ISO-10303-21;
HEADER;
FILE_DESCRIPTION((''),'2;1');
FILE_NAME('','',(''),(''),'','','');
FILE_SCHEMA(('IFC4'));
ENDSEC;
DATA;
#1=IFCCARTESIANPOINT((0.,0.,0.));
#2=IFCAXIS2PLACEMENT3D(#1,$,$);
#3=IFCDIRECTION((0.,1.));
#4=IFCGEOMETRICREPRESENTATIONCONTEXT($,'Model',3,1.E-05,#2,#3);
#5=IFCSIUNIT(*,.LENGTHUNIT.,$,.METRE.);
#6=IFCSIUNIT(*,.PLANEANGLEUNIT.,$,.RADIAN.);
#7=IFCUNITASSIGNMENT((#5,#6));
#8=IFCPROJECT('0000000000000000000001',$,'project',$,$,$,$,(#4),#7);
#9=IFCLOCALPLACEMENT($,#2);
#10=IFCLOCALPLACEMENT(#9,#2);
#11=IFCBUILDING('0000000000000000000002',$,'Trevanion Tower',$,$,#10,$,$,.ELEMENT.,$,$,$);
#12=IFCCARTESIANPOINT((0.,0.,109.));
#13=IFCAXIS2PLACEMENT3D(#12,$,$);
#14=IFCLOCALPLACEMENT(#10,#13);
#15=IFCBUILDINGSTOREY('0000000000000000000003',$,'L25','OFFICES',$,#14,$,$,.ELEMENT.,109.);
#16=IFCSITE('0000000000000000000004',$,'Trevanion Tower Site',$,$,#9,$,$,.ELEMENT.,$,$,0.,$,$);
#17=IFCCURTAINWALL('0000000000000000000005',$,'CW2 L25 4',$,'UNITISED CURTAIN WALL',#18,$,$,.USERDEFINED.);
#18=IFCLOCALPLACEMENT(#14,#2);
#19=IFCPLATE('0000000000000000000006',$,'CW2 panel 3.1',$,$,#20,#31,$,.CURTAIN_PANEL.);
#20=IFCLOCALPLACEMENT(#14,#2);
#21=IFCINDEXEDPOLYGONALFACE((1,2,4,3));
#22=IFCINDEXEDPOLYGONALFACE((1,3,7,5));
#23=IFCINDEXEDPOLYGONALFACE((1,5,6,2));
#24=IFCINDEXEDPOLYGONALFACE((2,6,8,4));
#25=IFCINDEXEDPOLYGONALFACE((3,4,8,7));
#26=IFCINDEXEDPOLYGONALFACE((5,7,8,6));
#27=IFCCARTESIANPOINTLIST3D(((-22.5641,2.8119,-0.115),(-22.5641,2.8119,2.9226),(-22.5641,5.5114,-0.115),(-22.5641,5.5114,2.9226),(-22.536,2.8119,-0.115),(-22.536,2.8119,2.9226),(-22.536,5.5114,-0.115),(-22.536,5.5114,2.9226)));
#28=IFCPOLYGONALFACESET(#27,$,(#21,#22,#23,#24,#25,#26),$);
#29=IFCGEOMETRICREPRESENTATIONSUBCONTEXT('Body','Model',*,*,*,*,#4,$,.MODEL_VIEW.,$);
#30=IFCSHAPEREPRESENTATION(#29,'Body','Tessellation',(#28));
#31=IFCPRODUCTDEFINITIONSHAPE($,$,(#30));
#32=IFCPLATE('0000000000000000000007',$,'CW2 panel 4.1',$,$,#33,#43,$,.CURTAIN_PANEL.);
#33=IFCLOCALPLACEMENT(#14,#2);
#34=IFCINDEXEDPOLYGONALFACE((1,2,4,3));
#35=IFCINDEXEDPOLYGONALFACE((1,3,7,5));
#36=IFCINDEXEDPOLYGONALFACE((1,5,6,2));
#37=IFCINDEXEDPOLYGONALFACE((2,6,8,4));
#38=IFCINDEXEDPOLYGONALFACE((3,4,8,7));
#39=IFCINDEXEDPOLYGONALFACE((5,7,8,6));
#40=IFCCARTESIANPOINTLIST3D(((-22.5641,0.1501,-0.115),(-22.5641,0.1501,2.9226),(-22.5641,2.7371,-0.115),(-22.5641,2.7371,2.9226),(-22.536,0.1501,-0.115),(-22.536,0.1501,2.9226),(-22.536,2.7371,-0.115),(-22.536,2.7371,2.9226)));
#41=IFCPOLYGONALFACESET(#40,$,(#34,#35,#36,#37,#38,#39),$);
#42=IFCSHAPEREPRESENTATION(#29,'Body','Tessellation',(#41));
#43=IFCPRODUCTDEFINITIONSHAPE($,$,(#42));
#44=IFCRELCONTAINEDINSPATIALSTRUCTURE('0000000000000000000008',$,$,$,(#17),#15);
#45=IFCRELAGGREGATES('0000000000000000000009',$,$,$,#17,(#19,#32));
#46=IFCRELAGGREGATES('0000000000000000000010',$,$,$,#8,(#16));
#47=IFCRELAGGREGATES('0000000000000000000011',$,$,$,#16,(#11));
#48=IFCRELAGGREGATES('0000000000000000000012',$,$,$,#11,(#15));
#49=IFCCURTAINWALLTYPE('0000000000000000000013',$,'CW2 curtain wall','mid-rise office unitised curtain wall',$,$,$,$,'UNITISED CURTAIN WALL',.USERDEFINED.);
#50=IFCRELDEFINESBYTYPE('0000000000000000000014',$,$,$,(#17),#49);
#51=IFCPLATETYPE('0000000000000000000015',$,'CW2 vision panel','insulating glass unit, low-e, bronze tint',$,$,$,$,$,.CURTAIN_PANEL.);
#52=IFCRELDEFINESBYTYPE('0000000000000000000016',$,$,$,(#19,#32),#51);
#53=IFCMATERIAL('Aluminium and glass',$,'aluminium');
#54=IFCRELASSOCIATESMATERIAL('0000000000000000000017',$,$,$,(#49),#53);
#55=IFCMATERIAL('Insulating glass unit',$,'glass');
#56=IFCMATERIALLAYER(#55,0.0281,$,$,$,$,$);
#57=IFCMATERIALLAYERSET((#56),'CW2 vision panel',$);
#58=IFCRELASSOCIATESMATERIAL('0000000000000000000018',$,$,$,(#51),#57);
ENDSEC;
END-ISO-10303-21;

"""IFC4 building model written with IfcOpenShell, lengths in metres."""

from ifc_helpers import new_model, si_unit, direction, frame, origin, origin_2d, place, context, subcontext, project, spatial, rectangle, extrude, material, layer, layer_set, type_object, element, aggregate, save


model = new_model("IFC4")

# Units and contexts
model_context = context("Model", 3, precision=1e-05, world=origin(), true_north=direction((0.0, 1.0)))
body_context = subcontext(model_context, "Body", "Model", "MODEL_VIEW")
ifc_project = project(units=[si_unit("LENGTHUNIT", "METRE"), si_unit("PLANEANGLEUNIT", "RADIAN")], contexts=[model_context])

# Site, building, storey
site_placement = place(None, origin())
site = spatial("IfcSite", under=ifc_project, at=site_placement, Name="Trevanion Tower Site", CompositionType="ELEMENT", RefElevation=0.0)
building_placement = place(site_placement, origin())
building = spatial("IfcBuilding", under=site, at=building_placement, Name="Trevanion Tower", CompositionType="ELEMENT")
storey_placement = place(building_placement, frame((0.0, 0.0, 109.0)))
storey = spatial("IfcBuildingStorey", under=building, at=storey_placement, Name="L25", Description="OFFICES", CompositionType="ELEMENT", Elevation=109.0)

# Curtain wall, plates
ifc_material_1 = material(Name="Aluminium and glass", Category="aluminium")
curtain_wall_type = type_object("IfcCurtainWallType", Name="CW2 curtain wall", Description="mid-rise office unitised curtain wall", ElementType="UNITISED CURTAIN WALL", PredefinedType="USERDEFINED", material=ifc_material_1)
curtain_wall_placement = place(storey_placement, origin())
curtain_wall = element("IfcCurtainWall", 1, at=curtain_wall_placement, inside=storey, type_object=curtain_wall_type, Name="CW2 L25 4", ObjectType="UNITISED CURTAIN WALL", PredefinedType="USERDEFINED")
ifc_material_2 = material(Name="Insulating glass unit", Category="glass")
ifc_layer_1 = layer(ifc_material_2, 0.0281)
ifc_layer_set_1 = layer_set([ifc_layer_1], Name="CW2 vision panel")
plate_type_1 = type_object("IfcPlateType", Name="CW2 vision panel", Description="insulating glass unit, low-e, bronze tint", PredefinedType="CURTAIN_PANEL", material=ifc_layer_set_1)
plate_1_placement = place(storey_placement, frame((-22.55, 4.1616, -0.115), z_axis=(0.0, 0.0, 1.0), x_axis=(0.0, -1.0, 0.0)))
plate_1 = element("IfcPlate", 2, at=plate_1_placement, type_object=plate_type_1, Name="CW2 panel 3.1", PredefinedType="CURTAIN_PANEL", context=body_context, shape_type="SweptSolid", body=[
    extrude(rectangle(XDim=2.6995, YDim=0.0281, at=origin_2d()), origin(), (0.0, 0.0, 1.0), 3.0376),
])
plate_2_placement = place(storey_placement, frame((-22.55, 1.4436, -0.115), z_axis=(0.0, 0.0, 1.0), x_axis=(0.0, -1.0, 0.0)))
plate_2 = element("IfcPlate", 3, at=plate_2_placement, type_object=plate_type_1, Name="CW2 panel 4.1", PredefinedType="CURTAIN_PANEL", context=body_context, shape_type="SweptSolid", body=[
    extrude(rectangle(XDim=2.5869, YDim=0.0281, at=origin_2d()), origin(), (0.0, 0.0, 1.0), 3.0376),
])
aggregate(curtain_wall, [plate_1, plate_2])

save(model, "model.ifc")
